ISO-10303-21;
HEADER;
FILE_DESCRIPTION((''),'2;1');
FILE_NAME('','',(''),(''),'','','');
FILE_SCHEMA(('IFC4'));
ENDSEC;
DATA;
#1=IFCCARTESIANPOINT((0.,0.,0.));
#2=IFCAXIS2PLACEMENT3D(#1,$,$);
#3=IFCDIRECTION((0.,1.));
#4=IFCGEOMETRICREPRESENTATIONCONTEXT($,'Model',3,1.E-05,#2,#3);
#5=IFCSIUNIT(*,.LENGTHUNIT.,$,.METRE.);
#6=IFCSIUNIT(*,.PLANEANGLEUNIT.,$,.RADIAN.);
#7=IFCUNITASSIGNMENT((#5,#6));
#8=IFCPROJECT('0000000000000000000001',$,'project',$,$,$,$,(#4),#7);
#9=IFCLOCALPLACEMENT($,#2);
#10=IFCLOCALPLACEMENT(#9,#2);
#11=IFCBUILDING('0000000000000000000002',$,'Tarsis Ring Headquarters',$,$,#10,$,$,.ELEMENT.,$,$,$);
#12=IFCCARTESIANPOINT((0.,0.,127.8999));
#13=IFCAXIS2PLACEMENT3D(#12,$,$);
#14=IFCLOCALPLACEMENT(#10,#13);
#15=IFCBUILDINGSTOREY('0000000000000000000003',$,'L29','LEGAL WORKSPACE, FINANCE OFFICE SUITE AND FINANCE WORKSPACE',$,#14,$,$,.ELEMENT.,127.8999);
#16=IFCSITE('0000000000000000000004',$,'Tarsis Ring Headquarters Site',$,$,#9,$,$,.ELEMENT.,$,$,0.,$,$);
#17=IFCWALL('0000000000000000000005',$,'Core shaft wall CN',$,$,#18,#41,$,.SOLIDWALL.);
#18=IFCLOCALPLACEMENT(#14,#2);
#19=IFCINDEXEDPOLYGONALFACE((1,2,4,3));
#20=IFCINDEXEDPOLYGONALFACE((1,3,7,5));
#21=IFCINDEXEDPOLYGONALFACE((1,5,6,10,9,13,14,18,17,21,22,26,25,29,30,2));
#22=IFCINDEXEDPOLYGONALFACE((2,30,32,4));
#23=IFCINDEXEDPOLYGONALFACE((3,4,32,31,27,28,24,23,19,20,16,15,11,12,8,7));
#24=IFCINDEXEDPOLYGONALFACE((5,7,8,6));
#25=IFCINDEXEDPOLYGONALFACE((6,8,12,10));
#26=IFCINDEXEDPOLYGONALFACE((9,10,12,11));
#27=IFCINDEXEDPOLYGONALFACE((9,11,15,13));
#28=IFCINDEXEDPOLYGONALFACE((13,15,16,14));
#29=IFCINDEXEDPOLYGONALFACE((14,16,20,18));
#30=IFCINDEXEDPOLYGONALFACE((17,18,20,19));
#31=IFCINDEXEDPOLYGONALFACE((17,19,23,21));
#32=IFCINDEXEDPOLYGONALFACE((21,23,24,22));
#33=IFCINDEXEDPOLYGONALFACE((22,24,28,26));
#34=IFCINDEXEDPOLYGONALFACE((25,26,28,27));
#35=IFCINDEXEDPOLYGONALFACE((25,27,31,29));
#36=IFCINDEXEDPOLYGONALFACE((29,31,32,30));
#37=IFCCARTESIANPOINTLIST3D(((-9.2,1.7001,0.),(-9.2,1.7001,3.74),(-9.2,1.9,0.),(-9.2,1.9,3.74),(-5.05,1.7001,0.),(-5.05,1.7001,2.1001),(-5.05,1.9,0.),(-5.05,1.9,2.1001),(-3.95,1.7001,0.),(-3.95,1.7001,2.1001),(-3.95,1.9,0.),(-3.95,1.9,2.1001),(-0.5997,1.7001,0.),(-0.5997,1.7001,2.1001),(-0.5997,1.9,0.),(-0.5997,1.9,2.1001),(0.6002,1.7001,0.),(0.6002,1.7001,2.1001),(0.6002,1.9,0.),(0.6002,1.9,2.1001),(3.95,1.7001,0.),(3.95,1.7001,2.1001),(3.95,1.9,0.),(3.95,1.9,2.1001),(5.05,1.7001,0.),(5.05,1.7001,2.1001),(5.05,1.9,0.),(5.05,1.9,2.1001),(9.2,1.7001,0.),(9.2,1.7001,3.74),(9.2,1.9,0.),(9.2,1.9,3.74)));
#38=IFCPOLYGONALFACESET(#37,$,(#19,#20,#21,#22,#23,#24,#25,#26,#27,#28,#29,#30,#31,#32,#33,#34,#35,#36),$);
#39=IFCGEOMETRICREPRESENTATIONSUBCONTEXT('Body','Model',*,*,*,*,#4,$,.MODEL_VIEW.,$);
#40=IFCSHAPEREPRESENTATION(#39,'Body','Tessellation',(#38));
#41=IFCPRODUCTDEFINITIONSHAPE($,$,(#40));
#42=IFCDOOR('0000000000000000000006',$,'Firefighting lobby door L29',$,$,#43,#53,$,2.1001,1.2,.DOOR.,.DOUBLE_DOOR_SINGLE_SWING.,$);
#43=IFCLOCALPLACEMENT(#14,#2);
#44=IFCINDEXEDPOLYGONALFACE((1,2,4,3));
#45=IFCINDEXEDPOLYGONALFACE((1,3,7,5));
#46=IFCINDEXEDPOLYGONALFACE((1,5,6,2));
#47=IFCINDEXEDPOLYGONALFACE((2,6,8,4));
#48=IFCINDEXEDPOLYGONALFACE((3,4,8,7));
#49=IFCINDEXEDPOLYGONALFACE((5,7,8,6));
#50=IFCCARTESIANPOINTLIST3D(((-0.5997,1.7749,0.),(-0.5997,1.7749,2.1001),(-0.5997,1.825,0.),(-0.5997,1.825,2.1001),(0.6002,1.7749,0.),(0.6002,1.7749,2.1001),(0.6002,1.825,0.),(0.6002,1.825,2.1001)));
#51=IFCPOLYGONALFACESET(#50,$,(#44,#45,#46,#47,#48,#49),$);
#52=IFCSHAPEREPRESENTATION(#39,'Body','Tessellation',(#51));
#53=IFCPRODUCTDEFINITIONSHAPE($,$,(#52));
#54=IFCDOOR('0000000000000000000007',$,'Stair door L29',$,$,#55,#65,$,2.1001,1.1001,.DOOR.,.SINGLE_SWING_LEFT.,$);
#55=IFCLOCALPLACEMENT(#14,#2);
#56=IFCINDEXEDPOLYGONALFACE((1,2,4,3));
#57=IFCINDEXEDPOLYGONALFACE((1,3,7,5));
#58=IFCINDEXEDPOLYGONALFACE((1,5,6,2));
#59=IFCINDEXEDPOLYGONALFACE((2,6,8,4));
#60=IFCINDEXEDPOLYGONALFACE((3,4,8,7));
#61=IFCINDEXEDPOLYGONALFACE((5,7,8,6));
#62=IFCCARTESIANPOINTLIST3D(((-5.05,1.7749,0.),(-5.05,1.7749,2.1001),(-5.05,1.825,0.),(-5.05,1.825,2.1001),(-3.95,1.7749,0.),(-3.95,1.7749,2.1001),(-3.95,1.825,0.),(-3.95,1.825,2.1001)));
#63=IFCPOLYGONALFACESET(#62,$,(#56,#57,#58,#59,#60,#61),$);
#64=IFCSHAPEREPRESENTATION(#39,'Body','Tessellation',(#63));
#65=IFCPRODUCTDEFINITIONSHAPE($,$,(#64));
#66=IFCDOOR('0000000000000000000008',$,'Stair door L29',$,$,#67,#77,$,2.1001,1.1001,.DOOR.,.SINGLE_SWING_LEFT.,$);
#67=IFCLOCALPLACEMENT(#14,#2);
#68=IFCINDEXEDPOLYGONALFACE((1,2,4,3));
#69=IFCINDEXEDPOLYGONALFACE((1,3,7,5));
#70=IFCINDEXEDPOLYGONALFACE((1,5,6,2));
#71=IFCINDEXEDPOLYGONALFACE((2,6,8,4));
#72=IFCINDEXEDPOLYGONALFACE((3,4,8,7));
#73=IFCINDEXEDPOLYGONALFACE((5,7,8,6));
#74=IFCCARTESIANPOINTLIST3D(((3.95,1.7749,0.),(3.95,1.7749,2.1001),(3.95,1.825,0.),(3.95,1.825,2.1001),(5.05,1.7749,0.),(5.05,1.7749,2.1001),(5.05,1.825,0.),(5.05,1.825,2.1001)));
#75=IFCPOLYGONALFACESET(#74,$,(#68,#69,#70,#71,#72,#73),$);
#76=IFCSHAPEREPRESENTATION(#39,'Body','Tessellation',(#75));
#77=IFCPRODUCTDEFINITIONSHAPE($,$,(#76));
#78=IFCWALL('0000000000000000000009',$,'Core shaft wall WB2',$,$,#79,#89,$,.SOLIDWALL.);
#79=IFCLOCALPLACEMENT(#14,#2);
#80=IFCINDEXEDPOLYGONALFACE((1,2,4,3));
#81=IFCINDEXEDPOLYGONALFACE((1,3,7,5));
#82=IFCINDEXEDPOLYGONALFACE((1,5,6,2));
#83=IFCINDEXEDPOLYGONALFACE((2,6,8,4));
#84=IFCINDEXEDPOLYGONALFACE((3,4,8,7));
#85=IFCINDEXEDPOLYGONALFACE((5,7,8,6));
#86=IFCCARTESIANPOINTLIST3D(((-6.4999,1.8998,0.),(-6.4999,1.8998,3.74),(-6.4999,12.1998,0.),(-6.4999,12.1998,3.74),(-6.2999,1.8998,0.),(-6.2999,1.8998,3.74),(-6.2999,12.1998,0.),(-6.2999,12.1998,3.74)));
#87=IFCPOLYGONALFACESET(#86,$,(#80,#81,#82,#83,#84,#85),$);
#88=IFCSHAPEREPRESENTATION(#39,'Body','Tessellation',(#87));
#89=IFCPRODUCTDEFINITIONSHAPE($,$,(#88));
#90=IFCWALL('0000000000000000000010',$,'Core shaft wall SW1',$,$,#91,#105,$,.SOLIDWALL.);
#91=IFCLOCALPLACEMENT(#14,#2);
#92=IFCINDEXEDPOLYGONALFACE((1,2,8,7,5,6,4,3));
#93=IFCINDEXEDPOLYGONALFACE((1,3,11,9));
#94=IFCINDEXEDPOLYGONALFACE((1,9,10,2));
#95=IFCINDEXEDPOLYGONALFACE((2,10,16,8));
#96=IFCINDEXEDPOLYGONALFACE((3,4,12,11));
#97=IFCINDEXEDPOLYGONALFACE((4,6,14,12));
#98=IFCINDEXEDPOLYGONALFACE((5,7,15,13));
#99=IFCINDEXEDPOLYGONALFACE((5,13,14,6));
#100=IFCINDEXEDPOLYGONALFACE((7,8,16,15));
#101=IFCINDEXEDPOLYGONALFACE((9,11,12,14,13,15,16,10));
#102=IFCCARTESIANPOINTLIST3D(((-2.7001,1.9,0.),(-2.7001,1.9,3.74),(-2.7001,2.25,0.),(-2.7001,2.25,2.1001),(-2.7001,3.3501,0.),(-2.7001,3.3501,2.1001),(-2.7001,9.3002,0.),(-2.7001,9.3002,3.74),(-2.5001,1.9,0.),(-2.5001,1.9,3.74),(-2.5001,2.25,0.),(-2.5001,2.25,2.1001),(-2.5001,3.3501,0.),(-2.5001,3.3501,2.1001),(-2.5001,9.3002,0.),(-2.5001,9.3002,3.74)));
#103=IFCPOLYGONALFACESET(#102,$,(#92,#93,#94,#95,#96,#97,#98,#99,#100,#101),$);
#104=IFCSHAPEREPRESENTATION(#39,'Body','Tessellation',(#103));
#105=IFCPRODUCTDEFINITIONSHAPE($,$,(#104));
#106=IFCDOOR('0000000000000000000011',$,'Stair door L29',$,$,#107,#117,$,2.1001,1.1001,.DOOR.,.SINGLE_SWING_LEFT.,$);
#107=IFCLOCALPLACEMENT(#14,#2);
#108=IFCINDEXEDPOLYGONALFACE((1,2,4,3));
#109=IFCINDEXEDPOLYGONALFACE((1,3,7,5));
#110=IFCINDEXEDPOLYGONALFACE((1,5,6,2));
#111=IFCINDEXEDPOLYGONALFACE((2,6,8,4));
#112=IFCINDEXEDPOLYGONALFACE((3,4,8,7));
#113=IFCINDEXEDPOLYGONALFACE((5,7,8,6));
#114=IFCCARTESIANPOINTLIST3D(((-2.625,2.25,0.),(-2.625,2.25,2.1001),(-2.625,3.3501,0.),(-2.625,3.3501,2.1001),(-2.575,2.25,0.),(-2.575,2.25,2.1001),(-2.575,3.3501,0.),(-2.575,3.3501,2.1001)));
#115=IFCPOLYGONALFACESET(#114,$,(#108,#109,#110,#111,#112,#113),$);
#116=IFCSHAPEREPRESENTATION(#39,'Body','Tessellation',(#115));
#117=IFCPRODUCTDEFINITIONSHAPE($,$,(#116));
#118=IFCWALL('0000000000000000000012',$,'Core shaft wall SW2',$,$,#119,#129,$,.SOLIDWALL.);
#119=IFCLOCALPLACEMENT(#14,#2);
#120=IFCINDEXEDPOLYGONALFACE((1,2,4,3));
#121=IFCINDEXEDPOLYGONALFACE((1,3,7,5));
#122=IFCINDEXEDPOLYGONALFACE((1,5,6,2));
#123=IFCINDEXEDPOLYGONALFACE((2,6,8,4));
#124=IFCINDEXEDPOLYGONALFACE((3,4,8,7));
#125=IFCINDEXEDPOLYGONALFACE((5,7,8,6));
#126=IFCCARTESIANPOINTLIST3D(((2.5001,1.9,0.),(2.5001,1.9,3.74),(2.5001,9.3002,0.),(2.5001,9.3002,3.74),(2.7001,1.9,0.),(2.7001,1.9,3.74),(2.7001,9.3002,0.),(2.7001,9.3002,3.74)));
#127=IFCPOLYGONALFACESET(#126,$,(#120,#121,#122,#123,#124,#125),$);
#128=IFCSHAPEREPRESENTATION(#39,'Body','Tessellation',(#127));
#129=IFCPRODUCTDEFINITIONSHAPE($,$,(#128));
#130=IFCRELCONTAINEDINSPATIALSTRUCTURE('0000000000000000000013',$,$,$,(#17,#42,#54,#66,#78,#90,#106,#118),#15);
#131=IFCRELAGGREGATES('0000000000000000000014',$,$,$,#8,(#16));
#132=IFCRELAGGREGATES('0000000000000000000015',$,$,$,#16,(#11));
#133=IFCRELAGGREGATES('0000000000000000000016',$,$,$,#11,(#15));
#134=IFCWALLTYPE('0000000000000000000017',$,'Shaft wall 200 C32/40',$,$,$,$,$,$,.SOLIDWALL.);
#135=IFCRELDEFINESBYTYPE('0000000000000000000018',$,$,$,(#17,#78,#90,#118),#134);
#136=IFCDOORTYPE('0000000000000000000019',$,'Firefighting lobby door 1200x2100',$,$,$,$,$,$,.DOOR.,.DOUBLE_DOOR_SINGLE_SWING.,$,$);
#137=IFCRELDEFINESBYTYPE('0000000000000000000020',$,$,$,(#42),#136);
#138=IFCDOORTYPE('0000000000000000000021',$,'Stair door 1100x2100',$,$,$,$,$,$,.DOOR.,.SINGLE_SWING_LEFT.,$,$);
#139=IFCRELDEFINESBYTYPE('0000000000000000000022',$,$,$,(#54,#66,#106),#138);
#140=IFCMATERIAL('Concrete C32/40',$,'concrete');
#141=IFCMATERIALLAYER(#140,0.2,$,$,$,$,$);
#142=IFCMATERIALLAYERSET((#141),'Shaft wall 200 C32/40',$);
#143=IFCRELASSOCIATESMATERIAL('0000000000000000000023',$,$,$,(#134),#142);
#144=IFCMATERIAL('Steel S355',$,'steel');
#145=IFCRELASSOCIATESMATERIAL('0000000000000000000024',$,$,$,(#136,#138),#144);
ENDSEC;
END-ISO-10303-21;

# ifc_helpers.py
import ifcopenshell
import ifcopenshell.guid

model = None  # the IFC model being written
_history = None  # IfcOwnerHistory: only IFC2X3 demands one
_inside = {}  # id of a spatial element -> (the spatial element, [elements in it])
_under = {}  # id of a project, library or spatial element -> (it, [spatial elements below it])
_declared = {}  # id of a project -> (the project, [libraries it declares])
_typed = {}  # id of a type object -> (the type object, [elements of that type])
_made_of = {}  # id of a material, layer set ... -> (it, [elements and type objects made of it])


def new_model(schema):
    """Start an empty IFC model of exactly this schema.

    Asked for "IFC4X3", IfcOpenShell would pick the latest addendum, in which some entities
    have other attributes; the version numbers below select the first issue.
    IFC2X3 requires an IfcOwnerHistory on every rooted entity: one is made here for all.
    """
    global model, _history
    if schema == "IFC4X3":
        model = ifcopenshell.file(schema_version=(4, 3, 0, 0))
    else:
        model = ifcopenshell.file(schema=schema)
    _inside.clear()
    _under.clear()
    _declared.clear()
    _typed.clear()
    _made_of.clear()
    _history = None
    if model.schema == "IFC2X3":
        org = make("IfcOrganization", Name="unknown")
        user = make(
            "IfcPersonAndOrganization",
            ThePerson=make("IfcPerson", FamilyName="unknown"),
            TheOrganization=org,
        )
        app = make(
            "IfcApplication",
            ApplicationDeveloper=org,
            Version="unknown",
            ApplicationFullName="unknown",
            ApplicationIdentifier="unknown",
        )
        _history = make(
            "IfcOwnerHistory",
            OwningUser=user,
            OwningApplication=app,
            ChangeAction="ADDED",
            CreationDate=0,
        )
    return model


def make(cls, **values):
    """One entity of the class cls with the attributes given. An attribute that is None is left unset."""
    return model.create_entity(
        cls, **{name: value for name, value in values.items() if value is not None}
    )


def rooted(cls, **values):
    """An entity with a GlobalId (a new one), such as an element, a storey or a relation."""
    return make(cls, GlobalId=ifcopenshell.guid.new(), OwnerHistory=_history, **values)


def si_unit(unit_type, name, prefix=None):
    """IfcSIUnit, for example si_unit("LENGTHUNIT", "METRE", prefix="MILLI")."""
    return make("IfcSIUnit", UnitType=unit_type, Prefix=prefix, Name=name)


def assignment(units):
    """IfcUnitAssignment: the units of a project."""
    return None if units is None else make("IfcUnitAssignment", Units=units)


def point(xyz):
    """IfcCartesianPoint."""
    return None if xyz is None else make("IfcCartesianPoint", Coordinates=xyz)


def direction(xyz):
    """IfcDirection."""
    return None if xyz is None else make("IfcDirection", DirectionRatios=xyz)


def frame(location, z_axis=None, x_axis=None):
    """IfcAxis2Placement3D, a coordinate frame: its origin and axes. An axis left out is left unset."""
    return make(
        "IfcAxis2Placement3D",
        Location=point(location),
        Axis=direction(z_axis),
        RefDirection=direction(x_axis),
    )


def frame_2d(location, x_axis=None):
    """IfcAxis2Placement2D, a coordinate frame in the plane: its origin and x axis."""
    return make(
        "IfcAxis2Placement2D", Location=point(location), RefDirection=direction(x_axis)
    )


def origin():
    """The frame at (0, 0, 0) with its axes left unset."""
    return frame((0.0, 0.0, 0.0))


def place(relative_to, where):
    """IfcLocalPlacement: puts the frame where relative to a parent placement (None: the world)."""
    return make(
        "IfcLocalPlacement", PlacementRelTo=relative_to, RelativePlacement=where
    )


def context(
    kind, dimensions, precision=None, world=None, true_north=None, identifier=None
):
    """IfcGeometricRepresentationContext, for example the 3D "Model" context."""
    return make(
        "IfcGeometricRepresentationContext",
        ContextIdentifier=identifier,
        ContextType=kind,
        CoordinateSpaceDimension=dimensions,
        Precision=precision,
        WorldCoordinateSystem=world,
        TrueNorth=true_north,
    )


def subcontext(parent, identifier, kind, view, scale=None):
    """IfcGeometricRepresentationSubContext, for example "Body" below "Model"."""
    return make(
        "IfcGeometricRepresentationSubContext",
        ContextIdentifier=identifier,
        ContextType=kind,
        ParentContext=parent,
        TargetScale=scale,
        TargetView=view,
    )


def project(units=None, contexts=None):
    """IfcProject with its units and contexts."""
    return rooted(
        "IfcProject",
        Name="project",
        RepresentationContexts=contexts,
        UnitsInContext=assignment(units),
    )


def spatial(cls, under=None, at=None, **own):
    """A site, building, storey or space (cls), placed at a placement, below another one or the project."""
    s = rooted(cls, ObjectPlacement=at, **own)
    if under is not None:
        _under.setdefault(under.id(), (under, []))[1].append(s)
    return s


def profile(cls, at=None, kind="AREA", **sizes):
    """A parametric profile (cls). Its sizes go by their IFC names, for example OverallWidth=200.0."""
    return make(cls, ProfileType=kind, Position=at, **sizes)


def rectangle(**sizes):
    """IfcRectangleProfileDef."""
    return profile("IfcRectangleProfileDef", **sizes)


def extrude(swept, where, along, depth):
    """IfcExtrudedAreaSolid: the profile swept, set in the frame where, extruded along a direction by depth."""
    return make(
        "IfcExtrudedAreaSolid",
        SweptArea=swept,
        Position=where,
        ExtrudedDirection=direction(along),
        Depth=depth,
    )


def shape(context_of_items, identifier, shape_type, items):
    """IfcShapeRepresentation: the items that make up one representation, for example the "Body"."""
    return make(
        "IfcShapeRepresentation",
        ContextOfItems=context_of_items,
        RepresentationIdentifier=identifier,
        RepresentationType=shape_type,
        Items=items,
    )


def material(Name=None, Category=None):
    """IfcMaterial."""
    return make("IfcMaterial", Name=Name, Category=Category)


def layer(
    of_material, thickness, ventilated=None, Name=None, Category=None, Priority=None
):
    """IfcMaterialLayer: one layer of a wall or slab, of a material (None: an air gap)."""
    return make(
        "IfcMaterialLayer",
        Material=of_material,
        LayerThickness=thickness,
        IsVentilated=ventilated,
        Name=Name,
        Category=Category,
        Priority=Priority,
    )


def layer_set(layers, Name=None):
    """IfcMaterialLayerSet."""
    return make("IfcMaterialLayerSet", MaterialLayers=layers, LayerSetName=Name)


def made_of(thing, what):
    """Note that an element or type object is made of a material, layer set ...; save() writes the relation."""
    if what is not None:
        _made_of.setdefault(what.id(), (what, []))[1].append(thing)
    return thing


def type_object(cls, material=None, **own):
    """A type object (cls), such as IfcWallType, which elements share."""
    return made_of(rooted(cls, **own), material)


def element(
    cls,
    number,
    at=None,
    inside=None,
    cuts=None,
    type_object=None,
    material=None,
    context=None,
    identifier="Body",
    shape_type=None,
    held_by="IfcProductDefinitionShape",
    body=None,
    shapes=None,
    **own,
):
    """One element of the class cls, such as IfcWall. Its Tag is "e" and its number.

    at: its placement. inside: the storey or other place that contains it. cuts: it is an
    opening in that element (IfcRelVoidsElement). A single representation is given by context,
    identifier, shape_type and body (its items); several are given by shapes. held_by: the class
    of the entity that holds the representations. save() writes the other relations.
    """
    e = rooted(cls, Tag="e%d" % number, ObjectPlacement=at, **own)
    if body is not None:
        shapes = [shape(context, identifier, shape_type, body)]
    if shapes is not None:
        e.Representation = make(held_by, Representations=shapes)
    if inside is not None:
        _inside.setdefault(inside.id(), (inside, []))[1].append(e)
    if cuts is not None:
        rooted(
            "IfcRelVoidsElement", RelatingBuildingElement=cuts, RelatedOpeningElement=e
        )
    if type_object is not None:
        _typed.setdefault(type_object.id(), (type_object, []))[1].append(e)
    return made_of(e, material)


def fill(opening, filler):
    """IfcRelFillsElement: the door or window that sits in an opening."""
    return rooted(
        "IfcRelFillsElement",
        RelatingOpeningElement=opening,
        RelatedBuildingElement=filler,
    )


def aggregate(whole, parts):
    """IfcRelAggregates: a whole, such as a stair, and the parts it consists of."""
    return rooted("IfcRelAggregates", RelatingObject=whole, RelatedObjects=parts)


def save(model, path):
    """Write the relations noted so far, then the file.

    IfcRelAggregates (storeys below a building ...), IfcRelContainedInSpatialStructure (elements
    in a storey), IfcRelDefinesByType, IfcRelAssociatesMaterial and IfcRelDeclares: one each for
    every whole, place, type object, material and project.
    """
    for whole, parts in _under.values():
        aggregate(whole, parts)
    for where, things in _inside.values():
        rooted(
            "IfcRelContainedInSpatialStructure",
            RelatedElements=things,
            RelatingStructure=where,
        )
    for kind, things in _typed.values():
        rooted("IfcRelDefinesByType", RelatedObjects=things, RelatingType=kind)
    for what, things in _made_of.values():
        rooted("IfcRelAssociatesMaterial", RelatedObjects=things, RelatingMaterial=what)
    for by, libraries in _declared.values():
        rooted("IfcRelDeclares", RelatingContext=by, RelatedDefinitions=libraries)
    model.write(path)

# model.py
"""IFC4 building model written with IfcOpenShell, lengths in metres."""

from ifc_helpers import new_model, si_unit, direction, frame, frame_2d, origin, place, context, subcontext, project, spatial, rectangle, extrude, material, layer, layer_set, type_object, element, fill, save


model = new_model("IFC4")

# Units and contexts
model_context = context("Model", 3, precision=1e-05, world=origin(), true_north=direction((0.0, 1.0)))
body_context = subcontext(model_context, "Body", "Model", "MODEL_VIEW")
ifc_project = project(units=[si_unit("LENGTHUNIT", "METRE"), si_unit("PLANEANGLEUNIT", "RADIAN")], contexts=[model_context])

# Site, building, storey
site_placement = place(None, origin())
site = spatial("IfcSite", under=ifc_project, at=site_placement, Name="Tarsis Ring Headquarters Site", CompositionType="ELEMENT", RefElevation=0.0)
building_placement = place(site_placement, origin())
building = spatial("IfcBuilding", under=site, at=building_placement, Name="Tarsis Ring Headquarters", CompositionType="ELEMENT")
storey_placement = place(building_placement, frame((0.0, 0.0, 127.8999)))
storey = spatial("IfcBuildingStorey", under=building, at=storey_placement, Name="L29", Description="LEGAL WORKSPACE, FINANCE OFFICE SUITE AND FINANCE WORKSPACE", CompositionType="ELEMENT", Elevation=127.8999)

# Wall, openings, doors
ifc_material_1 = material(Name="Concrete C32/40", Category="concrete")
ifc_layer_1 = layer(ifc_material_1, 0.2)
ifc_layer_set_1 = layer_set([ifc_layer_1], Name="Shaft wall 200 C32/40")
wall_type_1 = type_object("IfcWallType", Name="Shaft wall 200 C32/40", PredefinedType="SOLIDWALL", material=ifc_layer_set_1)
wall_1_placement = place(storey_placement, frame((-9.2, 1.8, 0.0), z_axis=(0.0, 0.0, 1.0), x_axis=(1.0, 0.0, 0.0)))
wall_1 = element("IfcWall", 1, at=wall_1_placement, inside=storey, type_object=wall_type_1, Name="Core shaft wall CN", PredefinedType="SOLIDWALL", context=body_context, shape_type="SweptSolid", body=[
    extrude(rectangle(XDim=18.3999, YDim=0.2, at=frame_2d((9.2, 0.0))), origin(), (0.0, 0.0, 1.0), 3.74),
])
opening_1_placement = place(wall_1_placement, frame((4.1499, 0.0, 0.0)))
opening_1 = element("IfcOpeningElement", 2, at=opening_1_placement, cuts=wall_1, PredefinedType="OPENING", context=body_context, shape_type="SweptSolid", body=[
    extrude(rectangle(XDim=1.1001, YDim=2.1001, at=frame_2d((0.55, 1.05))), frame((0.0, 0.1099, 0.0), z_axis=(0.0, -1.0, 0.0), x_axis=(1.0, 0.0, 0.0)), (0.0, 0.0, 1.0), 0.22),
])
opening_2_placement = place(wall_1_placement, frame((8.6001, 0.0, 0.0)))
opening_2 = element("IfcOpeningElement", 3, at=opening_2_placement, cuts=wall_1, PredefinedType="OPENING", context=body_context, shape_type="SweptSolid", body=[
    extrude(rectangle(XDim=1.2, YDim=2.1001, at=frame_2d((0.6001, 1.05))), frame((0.0, 0.1099, 0.0), z_axis=(0.0, -1.0, 0.0), x_axis=(1.0, 0.0, 0.0)), (0.0, 0.0, 1.0), 0.22),
])
opening_3_placement = place(wall_1_placement, frame((13.1499, 0.0, 0.0)))
opening_3 = element("IfcOpeningElement", 4, at=opening_3_placement, cuts=wall_1, PredefinedType="OPENING", context=body_context, shape_type="SweptSolid", body=[
    extrude(rectangle(XDim=1.1001, YDim=2.1001, at=frame_2d((0.55, 1.05))), frame((0.0, 0.1099, 0.0), z_axis=(0.0, -1.0, 0.0), x_axis=(1.0, 0.0, 0.0)), (0.0, 0.0, 1.0), 0.22),
])
ifc_material_2 = material(Name="Steel S355", Category="steel")
door_type_1 = type_object("IfcDoorType", Name="Firefighting lobby door 1200x2100", OperationType="DOUBLE_DOOR_SINGLE_SWING", PredefinedType="DOOR", material=ifc_material_2)
door_1_placement = place(opening_2_placement, origin())
door_1 = element("IfcDoor", 5, at=door_1_placement, inside=storey, type_object=door_type_1, Name="Firefighting lobby door L29", OperationType="DOUBLE_DOOR_SINGLE_SWING", OverallHeight=2.1001, OverallWidth=1.2, PredefinedType="DOOR", context=body_context, shape_type="SweptSolid", body=[
    extrude(rectangle(XDim=1.2, YDim=2.1001, at=frame_2d((0.6001, 1.05))), frame((0.0, 0.0249, 0.0), z_axis=(0.0, -1.0, 0.0), x_axis=(1.0, 0.0, 0.0)), (0.0, 0.0, 1.0), 0.05),
])
fill(opening_2, door_1)
door_type_2 = type_object("IfcDoorType", Name="Stair door 1100x2100", OperationType="SINGLE_SWING_LEFT", PredefinedType="DOOR", material=ifc_material_2)
door_2_placement = place(opening_1_placement, origin())
door_2 = element("IfcDoor", 6, at=door_2_placement, inside=storey, type_object=door_type_2, Name="Stair door L29", OperationType="SINGLE_SWING_LEFT", OverallHeight=2.1001, OverallWidth=1.1001, PredefinedType="DOOR", context=body_context, shape_type="SweptSolid", body=[
    extrude(rectangle(XDim=1.1001, YDim=2.1001, at=frame_2d((0.55, 1.05))), frame((0.0, 0.0249, 0.0), z_axis=(0.0, -1.0, 0.0), x_axis=(1.0, 0.0, 0.0)), (0.0, 0.0, 1.0), 0.05),
])
fill(opening_1, door_2)
door_3_placement = place(opening_3_placement, origin())
door_3 = element("IfcDoor", 7, at=door_3_placement, inside=storey, type_object=door_type_2, Name="Stair door L29", OperationType="SINGLE_SWING_LEFT", OverallHeight=2.1001, OverallWidth=1.1001, PredefinedType="DOOR", context=body_context, shape_type="SweptSolid", body=[
    extrude(rectangle(XDim=1.1001, YDim=2.1001, at=frame_2d((0.55, 1.05))), frame((0.0, 0.0249, 0.0), z_axis=(0.0, -1.0, 0.0), x_axis=(1.0, 0.0, 0.0)), (0.0, 0.0, 1.0), 0.05),
])
fill(opening_3, door_3)

# Wall
wall_2_placement = place(storey_placement, frame((-6.3999, 1.8999, 0.0), z_axis=(0.0, 0.0, 1.0), x_axis=(0.0, 1.0, 0.0)))
element("IfcWall", 8, at=wall_2_placement, inside=storey, type_object=wall_type_1, Name="Core shaft wall WB2", PredefinedType="SOLIDWALL", context=body_context, shape_type="SweptSolid", body=[
    extrude(rectangle(XDim=10.3, YDim=0.2, at=frame_2d((5.1499, 0.0))), origin(), (0.0, 0.0, 1.0), 3.74),
])

# Wall, opening, door
wall_3_placement = place(storey_placement, frame((-2.6001, 1.8999, 0.0), z_axis=(0.0, 0.0, 1.0), x_axis=(0.0, 1.0, 0.0)))
wall_3 = element("IfcWall", 9, at=wall_3_placement, inside=storey, type_object=wall_type_1, Name="Core shaft wall SW1", PredefinedType="SOLIDWALL", context=body_context, shape_type="SweptSolid", body=[
    extrude(rectangle(XDim=7.4001, YDim=0.2, at=frame_2d((3.7002, 0.0))), origin(), (0.0, 0.0, 1.0), 3.74),
])
opening_4_placement = place(wall_3_placement, frame((0.3501, 0.0, 0.0)))
opening_4 = element("IfcOpeningElement", 10, at=opening_4_placement, cuts=wall_3, PredefinedType="OPENING", context=body_context, shape_type="SweptSolid", body=[
    extrude(rectangle(XDim=1.1001, YDim=2.1001, at=frame_2d((0.55, 1.05))), frame((0.0, 0.1099, 0.0), z_axis=(0.0, -1.0, 0.0), x_axis=(1.0, 0.0, 0.0)), (0.0, 0.0, 1.0), 0.22),
])
door_4_placement = place(opening_4_placement, origin())
door_4 = element("IfcDoor", 11, at=door_4_placement, inside=storey, type_object=door_type_2, Name="Stair door L29", OperationType="SINGLE_SWING_LEFT", OverallHeight=2.1001, OverallWidth=1.1001, PredefinedType="DOOR", context=body_context, shape_type="SweptSolid", body=[
    extrude(rectangle(XDim=1.1001, YDim=2.1001, at=frame_2d((0.55, 1.05))), frame((0.0, 0.0249, 0.0), z_axis=(0.0, -1.0, 0.0), x_axis=(1.0, 0.0, 0.0)), (0.0, 0.0, 1.0), 0.05),
])
fill(opening_4, door_4)

# Wall
wall_4_placement = place(storey_placement, frame((2.6001, 1.8999, 0.0), z_axis=(0.0, 0.0, 1.0), x_axis=(0.0, 1.0, 0.0)))
element("IfcWall", 12, at=wall_4_placement, inside=storey, type_object=wall_type_1, Name="Core shaft wall SW2", PredefinedType="SOLIDWALL", context=body_context, shape_type="SweptSolid", body=[
    extrude(rectangle(XDim=7.4001, YDim=0.2, at=frame_2d((3.7002, 0.0))), origin(), (0.0, 0.0, 1.0), 3.74),
])

save(model, "model.ifc")
